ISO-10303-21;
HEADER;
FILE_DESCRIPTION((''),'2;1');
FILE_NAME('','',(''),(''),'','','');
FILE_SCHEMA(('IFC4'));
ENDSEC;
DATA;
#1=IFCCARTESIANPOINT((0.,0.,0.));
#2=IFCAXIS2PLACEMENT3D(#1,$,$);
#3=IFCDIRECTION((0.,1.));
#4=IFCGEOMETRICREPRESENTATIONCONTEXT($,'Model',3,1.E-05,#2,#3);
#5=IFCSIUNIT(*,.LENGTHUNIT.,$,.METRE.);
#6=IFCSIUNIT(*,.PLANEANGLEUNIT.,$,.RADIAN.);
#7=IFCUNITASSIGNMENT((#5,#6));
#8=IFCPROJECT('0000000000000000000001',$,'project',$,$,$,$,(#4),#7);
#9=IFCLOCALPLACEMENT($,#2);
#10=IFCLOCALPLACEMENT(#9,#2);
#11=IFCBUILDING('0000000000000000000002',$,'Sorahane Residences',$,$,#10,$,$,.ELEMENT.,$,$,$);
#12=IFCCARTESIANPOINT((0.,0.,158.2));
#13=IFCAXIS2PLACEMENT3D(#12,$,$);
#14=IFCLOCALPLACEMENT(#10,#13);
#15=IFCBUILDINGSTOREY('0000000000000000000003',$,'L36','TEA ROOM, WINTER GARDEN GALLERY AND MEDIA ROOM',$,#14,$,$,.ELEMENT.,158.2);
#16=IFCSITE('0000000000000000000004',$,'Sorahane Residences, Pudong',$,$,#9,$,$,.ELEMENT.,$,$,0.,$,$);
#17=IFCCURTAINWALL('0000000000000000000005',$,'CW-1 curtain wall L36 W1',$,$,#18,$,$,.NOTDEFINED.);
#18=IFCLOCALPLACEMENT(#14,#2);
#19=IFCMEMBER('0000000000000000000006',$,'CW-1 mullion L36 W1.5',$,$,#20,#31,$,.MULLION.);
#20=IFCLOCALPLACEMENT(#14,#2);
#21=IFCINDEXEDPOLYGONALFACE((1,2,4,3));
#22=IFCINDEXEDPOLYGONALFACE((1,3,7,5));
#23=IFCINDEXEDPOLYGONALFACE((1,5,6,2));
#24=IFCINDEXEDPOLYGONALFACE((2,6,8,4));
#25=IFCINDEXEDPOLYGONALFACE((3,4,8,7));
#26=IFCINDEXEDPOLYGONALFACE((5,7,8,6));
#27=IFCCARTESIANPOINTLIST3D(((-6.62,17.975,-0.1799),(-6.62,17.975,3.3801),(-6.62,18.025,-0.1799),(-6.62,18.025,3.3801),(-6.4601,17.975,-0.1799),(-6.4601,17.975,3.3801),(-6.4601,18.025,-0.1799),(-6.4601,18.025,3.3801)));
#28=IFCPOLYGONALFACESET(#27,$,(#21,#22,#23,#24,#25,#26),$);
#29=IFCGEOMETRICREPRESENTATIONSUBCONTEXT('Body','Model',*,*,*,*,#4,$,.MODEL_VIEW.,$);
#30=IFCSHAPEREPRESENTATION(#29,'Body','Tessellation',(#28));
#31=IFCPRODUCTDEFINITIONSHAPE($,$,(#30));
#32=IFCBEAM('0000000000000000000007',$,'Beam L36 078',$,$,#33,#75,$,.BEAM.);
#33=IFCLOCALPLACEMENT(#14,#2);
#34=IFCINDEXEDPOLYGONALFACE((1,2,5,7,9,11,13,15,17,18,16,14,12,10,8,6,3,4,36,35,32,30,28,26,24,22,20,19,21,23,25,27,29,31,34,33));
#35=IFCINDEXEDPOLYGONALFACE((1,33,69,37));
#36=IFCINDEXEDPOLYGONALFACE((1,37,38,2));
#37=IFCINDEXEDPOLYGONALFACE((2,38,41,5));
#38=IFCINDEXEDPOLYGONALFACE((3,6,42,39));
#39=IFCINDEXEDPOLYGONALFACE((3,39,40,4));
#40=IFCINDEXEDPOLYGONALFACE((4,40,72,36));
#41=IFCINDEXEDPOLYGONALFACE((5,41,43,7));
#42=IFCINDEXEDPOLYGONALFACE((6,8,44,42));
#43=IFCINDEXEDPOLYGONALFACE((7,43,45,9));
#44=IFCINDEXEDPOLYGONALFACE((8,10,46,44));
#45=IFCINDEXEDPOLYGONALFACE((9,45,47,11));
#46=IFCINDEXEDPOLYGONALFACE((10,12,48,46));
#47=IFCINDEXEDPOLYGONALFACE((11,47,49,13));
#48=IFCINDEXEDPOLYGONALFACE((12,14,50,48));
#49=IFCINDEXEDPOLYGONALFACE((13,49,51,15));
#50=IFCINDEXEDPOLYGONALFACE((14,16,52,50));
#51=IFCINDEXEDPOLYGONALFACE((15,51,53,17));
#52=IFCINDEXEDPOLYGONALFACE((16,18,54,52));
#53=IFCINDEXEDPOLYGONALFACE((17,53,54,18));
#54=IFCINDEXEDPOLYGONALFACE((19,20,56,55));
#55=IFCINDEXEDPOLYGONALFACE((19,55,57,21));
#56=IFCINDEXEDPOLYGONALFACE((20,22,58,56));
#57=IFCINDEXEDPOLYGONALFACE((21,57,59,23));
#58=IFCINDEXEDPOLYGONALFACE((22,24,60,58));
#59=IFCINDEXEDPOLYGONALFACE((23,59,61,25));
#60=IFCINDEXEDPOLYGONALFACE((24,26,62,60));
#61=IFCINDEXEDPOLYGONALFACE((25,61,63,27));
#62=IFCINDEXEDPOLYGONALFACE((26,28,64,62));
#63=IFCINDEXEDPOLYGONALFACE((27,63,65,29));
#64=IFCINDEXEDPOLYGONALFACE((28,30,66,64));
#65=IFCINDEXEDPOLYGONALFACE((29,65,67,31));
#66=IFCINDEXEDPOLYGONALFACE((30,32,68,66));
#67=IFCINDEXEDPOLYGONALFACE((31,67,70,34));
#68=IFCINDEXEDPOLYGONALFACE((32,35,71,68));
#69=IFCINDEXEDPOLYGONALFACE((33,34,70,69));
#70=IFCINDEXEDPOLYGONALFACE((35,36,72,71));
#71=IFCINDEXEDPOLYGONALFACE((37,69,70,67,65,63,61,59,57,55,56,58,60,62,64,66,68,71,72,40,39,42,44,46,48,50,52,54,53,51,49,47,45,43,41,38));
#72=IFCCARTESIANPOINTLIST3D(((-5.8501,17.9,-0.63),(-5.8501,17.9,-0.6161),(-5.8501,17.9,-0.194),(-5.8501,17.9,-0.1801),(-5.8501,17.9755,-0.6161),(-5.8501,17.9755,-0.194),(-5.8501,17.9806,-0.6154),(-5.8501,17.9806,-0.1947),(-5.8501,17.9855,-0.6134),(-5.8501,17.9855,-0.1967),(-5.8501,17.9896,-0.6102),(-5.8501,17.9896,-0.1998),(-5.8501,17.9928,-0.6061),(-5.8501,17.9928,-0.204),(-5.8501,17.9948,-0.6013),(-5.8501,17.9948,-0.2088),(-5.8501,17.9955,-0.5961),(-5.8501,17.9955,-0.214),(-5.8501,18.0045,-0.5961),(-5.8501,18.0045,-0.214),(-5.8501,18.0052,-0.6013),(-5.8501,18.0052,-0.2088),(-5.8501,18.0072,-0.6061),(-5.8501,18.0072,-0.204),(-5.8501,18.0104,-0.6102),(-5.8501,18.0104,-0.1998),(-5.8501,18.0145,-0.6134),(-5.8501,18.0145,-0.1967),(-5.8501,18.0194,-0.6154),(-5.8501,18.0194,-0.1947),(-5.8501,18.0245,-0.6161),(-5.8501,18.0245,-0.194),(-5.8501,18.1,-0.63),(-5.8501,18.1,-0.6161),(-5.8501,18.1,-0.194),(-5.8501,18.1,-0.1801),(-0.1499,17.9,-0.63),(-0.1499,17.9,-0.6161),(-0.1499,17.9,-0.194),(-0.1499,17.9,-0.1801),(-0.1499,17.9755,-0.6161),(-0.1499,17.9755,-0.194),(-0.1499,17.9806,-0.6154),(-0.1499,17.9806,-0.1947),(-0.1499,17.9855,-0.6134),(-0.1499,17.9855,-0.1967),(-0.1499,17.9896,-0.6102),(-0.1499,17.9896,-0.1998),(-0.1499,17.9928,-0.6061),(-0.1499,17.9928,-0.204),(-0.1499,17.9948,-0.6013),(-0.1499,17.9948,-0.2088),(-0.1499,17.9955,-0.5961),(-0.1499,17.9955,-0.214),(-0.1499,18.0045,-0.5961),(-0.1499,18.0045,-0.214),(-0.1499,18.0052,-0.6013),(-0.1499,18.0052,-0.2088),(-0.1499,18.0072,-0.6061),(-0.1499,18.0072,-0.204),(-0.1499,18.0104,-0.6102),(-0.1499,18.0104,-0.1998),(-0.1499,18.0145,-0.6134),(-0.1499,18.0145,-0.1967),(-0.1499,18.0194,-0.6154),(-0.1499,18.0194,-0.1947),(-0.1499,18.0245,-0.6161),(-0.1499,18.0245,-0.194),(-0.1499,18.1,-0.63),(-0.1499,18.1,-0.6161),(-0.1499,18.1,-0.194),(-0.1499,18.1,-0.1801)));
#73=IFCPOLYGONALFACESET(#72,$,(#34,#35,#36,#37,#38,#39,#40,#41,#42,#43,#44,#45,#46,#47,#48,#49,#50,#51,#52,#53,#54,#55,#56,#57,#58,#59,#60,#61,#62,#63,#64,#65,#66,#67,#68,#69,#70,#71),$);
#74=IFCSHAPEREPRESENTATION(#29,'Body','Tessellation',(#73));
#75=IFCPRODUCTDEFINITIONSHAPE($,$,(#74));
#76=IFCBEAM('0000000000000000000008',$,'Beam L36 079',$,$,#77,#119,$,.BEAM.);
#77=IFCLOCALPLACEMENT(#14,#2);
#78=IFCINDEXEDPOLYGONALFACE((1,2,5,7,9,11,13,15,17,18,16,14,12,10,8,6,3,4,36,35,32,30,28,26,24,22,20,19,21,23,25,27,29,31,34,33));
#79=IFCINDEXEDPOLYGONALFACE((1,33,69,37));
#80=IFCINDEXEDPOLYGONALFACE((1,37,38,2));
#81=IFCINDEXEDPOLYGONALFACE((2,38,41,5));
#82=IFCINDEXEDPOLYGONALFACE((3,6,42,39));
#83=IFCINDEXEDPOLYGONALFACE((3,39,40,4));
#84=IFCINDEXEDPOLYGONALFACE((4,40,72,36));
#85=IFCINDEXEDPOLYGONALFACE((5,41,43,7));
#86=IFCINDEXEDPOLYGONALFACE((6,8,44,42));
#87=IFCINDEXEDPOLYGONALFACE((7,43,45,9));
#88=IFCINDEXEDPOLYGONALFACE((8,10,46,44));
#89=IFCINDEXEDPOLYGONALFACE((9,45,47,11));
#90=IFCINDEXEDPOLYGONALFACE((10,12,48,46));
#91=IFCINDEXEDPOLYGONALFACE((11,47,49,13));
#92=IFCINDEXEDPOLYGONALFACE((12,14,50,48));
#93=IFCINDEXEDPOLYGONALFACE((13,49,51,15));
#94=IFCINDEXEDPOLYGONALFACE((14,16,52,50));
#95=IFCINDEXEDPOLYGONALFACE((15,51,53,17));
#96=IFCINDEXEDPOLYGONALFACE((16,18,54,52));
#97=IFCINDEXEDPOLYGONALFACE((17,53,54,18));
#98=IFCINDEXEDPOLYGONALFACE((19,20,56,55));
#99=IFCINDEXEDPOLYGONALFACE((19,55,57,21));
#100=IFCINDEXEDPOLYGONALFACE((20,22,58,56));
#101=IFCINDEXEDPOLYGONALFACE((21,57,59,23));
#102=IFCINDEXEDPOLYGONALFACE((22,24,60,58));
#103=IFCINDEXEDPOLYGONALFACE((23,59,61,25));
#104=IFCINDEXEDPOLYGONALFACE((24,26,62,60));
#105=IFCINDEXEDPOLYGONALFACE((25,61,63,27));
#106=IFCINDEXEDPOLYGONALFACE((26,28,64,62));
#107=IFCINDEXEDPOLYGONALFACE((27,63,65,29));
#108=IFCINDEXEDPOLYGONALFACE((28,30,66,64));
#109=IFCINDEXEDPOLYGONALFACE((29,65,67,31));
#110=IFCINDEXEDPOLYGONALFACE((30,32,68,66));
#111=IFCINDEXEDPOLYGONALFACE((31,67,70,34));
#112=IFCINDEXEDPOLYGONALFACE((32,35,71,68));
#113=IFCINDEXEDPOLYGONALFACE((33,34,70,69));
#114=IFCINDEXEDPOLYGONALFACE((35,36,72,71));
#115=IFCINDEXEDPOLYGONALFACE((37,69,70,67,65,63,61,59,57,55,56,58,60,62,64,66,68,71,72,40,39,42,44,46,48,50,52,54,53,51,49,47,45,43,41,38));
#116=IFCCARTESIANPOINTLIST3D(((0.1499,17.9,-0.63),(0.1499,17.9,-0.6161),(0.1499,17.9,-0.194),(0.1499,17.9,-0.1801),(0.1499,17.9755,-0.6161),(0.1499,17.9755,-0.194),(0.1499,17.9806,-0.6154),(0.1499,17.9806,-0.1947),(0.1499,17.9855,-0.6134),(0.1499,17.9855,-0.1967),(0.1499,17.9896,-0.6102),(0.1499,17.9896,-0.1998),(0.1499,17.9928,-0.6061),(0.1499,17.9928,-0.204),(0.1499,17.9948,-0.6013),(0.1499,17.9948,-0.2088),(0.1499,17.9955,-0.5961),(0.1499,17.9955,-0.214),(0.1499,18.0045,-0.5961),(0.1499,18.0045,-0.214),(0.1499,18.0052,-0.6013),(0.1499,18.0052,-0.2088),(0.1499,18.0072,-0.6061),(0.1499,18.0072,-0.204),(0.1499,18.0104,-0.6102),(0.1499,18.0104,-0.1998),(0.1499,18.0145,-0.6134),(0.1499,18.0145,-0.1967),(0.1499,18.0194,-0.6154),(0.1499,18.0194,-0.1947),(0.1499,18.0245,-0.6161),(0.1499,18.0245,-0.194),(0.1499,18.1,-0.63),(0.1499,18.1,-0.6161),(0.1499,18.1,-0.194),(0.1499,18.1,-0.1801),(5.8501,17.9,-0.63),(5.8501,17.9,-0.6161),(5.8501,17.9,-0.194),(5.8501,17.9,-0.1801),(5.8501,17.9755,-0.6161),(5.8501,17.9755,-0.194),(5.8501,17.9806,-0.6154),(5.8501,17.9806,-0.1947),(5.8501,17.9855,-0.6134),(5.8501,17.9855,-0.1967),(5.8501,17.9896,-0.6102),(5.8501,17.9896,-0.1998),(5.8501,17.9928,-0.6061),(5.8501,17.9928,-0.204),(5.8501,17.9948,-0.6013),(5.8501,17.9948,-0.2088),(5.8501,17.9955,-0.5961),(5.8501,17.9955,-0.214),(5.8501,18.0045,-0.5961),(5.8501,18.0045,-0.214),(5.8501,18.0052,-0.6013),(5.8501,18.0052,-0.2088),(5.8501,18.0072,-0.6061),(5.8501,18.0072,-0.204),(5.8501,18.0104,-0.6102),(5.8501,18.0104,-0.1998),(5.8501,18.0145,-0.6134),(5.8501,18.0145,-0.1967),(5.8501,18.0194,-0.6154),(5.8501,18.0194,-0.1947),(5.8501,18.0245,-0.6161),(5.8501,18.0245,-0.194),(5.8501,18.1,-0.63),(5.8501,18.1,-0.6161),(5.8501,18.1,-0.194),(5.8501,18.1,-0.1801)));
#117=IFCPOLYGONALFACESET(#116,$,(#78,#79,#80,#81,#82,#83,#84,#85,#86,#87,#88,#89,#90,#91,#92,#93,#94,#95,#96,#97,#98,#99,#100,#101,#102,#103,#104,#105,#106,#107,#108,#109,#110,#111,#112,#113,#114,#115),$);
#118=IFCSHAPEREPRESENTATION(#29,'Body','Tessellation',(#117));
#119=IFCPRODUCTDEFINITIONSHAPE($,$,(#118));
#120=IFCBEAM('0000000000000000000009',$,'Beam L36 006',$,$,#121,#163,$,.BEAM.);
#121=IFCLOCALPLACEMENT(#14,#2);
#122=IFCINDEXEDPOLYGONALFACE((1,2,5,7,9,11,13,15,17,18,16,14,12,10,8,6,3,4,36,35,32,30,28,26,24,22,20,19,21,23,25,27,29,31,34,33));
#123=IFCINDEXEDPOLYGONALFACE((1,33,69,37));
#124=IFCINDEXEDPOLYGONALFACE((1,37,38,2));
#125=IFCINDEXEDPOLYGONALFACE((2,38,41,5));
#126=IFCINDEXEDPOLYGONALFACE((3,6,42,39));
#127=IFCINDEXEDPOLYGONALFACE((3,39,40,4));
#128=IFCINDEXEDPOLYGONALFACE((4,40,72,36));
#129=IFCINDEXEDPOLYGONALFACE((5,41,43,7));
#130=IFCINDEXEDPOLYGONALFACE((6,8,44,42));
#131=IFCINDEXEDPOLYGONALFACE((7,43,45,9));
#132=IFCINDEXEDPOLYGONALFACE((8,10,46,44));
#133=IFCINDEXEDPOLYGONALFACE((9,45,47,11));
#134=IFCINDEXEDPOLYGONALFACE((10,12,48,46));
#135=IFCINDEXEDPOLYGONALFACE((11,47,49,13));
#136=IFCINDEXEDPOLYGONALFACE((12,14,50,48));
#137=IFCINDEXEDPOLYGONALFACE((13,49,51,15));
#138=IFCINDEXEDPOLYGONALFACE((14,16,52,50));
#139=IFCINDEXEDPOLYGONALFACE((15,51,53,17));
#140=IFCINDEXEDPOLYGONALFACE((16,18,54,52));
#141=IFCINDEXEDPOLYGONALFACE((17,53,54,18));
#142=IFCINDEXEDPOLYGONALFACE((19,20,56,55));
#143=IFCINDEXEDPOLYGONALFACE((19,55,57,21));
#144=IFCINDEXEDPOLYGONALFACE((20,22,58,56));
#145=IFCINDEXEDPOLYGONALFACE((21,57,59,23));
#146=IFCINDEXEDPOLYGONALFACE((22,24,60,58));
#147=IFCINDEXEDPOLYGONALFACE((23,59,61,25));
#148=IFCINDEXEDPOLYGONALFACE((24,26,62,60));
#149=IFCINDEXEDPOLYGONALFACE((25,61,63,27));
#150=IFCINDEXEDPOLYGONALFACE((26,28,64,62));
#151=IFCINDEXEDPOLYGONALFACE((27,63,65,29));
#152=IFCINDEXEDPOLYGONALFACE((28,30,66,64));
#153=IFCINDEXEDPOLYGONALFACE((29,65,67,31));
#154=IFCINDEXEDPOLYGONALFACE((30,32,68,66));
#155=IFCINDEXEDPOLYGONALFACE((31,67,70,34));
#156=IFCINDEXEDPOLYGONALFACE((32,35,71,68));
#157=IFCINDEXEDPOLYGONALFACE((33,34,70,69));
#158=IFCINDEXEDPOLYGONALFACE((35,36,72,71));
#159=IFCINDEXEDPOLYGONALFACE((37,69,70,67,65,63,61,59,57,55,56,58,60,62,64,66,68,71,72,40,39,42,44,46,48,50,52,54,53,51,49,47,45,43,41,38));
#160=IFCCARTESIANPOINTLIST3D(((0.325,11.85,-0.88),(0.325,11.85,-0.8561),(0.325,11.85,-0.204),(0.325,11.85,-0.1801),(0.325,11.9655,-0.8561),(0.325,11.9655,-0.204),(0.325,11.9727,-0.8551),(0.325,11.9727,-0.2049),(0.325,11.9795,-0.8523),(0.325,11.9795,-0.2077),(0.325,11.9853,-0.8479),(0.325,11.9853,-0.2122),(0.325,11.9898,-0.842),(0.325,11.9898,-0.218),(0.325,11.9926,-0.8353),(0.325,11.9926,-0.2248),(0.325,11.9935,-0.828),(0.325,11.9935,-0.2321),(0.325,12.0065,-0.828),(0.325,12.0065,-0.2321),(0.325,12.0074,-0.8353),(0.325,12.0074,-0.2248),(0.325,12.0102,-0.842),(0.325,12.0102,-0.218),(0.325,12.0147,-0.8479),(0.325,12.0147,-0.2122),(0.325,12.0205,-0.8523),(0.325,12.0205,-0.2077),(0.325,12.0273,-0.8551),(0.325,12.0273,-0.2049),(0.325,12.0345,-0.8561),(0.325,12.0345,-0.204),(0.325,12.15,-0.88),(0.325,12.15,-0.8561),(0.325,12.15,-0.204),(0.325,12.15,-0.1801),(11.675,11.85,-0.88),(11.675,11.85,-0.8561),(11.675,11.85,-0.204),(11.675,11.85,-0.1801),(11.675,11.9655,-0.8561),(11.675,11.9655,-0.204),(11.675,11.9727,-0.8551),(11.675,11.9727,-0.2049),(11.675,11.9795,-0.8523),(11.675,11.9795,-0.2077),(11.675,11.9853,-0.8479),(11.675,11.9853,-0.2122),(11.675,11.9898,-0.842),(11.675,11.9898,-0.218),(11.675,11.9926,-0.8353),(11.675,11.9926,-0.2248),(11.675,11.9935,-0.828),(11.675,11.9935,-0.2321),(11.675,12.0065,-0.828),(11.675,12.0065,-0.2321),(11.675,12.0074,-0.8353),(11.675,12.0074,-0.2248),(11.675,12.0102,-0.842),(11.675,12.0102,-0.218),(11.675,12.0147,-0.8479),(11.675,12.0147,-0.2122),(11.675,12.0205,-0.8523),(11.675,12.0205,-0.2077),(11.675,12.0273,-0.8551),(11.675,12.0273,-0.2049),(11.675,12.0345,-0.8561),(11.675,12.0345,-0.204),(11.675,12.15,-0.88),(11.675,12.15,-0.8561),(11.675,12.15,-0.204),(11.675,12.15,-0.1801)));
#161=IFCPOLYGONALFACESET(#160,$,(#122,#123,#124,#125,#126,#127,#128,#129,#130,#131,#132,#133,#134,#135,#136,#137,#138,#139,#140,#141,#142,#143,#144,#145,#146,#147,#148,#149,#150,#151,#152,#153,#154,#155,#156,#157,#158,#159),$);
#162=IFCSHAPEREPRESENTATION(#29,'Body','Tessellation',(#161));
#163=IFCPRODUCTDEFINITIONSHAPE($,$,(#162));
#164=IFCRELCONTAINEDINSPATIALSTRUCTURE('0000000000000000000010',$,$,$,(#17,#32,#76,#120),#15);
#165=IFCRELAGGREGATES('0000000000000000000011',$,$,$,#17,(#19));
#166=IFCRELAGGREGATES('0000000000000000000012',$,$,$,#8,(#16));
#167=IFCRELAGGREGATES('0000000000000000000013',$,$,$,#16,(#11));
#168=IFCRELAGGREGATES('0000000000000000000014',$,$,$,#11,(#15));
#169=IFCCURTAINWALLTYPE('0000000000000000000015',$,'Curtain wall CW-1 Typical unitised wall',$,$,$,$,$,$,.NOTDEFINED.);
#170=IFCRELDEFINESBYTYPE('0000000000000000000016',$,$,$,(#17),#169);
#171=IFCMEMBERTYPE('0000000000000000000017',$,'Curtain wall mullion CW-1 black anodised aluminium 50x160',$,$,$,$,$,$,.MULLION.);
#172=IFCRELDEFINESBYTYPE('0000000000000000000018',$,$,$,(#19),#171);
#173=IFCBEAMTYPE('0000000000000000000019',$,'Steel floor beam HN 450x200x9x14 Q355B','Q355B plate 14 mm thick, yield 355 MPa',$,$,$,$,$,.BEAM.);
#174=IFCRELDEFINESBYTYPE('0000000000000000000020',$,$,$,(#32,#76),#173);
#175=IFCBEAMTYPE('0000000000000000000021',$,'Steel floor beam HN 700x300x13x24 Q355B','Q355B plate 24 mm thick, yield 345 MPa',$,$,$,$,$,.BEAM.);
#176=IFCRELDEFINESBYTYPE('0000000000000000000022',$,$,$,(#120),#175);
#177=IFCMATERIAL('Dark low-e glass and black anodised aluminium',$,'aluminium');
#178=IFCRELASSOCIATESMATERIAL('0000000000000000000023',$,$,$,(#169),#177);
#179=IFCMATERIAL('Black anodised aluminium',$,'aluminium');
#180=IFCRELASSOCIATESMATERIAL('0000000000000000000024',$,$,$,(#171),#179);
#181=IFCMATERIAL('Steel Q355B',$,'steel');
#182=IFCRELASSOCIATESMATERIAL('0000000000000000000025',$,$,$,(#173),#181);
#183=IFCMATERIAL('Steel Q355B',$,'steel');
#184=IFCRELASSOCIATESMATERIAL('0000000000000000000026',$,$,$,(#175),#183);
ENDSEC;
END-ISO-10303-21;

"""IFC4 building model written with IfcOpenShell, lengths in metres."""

from ifc_helpers import new_model, si_unit, direction, frame, origin, origin_2d, place, context, subcontext, project, spatial, rectangle, i_section, extrude, material, material_profile, profile_set, type_object, element, aggregate, save


model = new_model("IFC4")

# Units and contexts
model_context = context("Model", 3, precision=1e-05, world=origin(), true_north=direction((0.0, 1.0)))
body_context = subcontext(model_context, "Body", "Model", "MODEL_VIEW")
ifc_project = project(units=[si_unit("LENGTHUNIT", "METRE"), si_unit("PLANEANGLEUNIT", "RADIAN")], contexts=[model_context])

# Site, building, storey
site_placement = place(None, origin())
site = spatial("IfcSite", under=ifc_project, at=site_placement, Name="Sorahane Residences, Pudong", CompositionType="ELEMENT", RefElevation=0.0)
building_placement = place(site_placement, origin())
building = spatial("IfcBuilding", under=site, at=building_placement, Name="Sorahane Residences", CompositionType="ELEMENT")
storey_placement = place(building_placement, frame((0.0, 0.0, 158.2)))
storey = spatial("IfcBuildingStorey", under=building, at=storey_placement, Name="L36", Description="TEA ROOM, WINTER GARDEN GALLERY AND MEDIA ROOM", CompositionType="ELEMENT", Elevation=158.2)

# Curtain wall, member
ifc_material_1 = material(Name="Dark low-e glass and black anodised aluminium", Category="aluminium")
curtain_wall_type = type_object("IfcCurtainWallType", Name="Curtain wall CW-1 Typical unitised wall", PredefinedType="NOTDEFINED", material=ifc_material_1)
curtain_wall_placement = place(storey_placement, origin())
curtain_wall = element("IfcCurtainWall", 1, at=curtain_wall_placement, inside=storey, type_object=curtain_wall_type, Name="CW-1 curtain wall L36 W1", PredefinedType="NOTDEFINED")
ifc_material_2 = material(Name="Black anodised aluminium", Category="aluminium")
ifc_material_profile_1 = material_profile(ifc_material_2, rectangle(XDim=0.1599, YDim=0.05, at=origin_2d()), Name="Curtain wall mullion CW-1 black anodised aluminium 50x160")
ifc_profile_set_1 = profile_set([ifc_material_profile_1], Name="Black anodised aluminium")
member_type = type_object("IfcMemberType", Name="Curtain wall mullion CW-1 black anodised aluminium 50x160", PredefinedType="MULLION", material=ifc_profile_set_1)
member_placement = place(storey_placement, frame((-6.54, 18.0, -0.1799), z_axis=(0.0, 0.0, 1.0), x_axis=(-1.0, 0.0, 0.0)))
member = element("IfcMember", 2, at=member_placement, type_object=member_type, Name="CW-1 mullion L36 W1.5", PredefinedType="MULLION", context=body_context, shape_type="SweptSolid", body=[
    extrude(rectangle(XDim=0.1599, YDim=0.05, at=origin_2d()), origin(), (0.0, 0.0, 1.0), 3.5601),
])

# Beams
ifc_material_3 = material(Name="Steel Q355B", Category="steel")
ifc_material_profile_2 = material_profile(ifc_material_3, i_section(OverallWidth=0.2, OverallDepth=0.45, WebThickness=0.009, FlangeThickness=0.0139, FilletRadius=0.02, at=origin_2d()), Name="HN 450x200x9x14")
ifc_profile_set_2 = profile_set([ifc_material_profile_2], Name="Steel Q355B")
beam_type_1 = type_object("IfcBeamType", Name="Steel floor beam HN 450x200x9x14 Q355B", Description="Q355B plate 14 mm thick, yield 355 MPa", PredefinedType="BEAM", material=ifc_profile_set_2)
for number, where, z_axis, x_axis, name in (
    (3, (-5.8501, 18.0, -0.405), (1.0, 0.0, 0.0), (0.0, 1.0, 0.0), "Beam L36 078"),
    (4, (0.1499, 18.0, -0.405), (1.0, 0.0, 0.0), (0.0, 1.0, 0.0), "Beam L36 079"),
):
    element("IfcBeam", number, at=place(storey_placement, frame(where, z_axis=z_axis, x_axis=x_axis)), inside=storey, type_object=beam_type_1, Name=name, PredefinedType="BEAM", context=body_context, shape_type="SweptSolid", body=[
        extrude(i_section(OverallWidth=0.2, OverallDepth=0.45, WebThickness=0.009, FlangeThickness=0.0139, FilletRadius=0.02, at=origin_2d()), origin(), (0.0, 0.0, 1.0), 5.7002),
    ])
ifc_material_4 = material(Name="Steel Q355B", Category="steel")
ifc_material_profile_3 = material_profile(ifc_material_4, i_section(OverallWidth=0.3, OverallDepth=0.7, WebThickness=0.0129, FlangeThickness=0.0239, FilletRadius=0.0281, at=origin_2d()), Name="HN 700x300x13x24")
ifc_profile_set_3 = profile_set([ifc_material_profile_3], Name="Steel Q355B")
beam_type_2 = type_object("IfcBeamType", Name="Steel floor beam HN 700x300x13x24 Q355B", Description="Q355B plate 24 mm thick, yield 345 MPa", PredefinedType="BEAM", material=ifc_profile_set_3)
beam_1_placement = place(storey_placement, frame((0.325, 12.0, -0.53), z_axis=(1.0, 0.0, 0.0), x_axis=(0.0, 1.0, 0.0)))
element("IfcBeam", 5, at=beam_1_placement, inside=storey, type_object=beam_type_2, Name="Beam L36 006", PredefinedType="BEAM", context=body_context, shape_type="SweptSolid", body=[
    extrude(i_section(OverallWidth=0.3, OverallDepth=0.7, WebThickness=0.0129, FlangeThickness=0.0239, FilletRadius=0.0281, at=origin_2d()), origin(), (0.0, 0.0, 1.0), 11.3501),
])

aggregate(curtain_wall, [member])

save(model, "model.ifc")
